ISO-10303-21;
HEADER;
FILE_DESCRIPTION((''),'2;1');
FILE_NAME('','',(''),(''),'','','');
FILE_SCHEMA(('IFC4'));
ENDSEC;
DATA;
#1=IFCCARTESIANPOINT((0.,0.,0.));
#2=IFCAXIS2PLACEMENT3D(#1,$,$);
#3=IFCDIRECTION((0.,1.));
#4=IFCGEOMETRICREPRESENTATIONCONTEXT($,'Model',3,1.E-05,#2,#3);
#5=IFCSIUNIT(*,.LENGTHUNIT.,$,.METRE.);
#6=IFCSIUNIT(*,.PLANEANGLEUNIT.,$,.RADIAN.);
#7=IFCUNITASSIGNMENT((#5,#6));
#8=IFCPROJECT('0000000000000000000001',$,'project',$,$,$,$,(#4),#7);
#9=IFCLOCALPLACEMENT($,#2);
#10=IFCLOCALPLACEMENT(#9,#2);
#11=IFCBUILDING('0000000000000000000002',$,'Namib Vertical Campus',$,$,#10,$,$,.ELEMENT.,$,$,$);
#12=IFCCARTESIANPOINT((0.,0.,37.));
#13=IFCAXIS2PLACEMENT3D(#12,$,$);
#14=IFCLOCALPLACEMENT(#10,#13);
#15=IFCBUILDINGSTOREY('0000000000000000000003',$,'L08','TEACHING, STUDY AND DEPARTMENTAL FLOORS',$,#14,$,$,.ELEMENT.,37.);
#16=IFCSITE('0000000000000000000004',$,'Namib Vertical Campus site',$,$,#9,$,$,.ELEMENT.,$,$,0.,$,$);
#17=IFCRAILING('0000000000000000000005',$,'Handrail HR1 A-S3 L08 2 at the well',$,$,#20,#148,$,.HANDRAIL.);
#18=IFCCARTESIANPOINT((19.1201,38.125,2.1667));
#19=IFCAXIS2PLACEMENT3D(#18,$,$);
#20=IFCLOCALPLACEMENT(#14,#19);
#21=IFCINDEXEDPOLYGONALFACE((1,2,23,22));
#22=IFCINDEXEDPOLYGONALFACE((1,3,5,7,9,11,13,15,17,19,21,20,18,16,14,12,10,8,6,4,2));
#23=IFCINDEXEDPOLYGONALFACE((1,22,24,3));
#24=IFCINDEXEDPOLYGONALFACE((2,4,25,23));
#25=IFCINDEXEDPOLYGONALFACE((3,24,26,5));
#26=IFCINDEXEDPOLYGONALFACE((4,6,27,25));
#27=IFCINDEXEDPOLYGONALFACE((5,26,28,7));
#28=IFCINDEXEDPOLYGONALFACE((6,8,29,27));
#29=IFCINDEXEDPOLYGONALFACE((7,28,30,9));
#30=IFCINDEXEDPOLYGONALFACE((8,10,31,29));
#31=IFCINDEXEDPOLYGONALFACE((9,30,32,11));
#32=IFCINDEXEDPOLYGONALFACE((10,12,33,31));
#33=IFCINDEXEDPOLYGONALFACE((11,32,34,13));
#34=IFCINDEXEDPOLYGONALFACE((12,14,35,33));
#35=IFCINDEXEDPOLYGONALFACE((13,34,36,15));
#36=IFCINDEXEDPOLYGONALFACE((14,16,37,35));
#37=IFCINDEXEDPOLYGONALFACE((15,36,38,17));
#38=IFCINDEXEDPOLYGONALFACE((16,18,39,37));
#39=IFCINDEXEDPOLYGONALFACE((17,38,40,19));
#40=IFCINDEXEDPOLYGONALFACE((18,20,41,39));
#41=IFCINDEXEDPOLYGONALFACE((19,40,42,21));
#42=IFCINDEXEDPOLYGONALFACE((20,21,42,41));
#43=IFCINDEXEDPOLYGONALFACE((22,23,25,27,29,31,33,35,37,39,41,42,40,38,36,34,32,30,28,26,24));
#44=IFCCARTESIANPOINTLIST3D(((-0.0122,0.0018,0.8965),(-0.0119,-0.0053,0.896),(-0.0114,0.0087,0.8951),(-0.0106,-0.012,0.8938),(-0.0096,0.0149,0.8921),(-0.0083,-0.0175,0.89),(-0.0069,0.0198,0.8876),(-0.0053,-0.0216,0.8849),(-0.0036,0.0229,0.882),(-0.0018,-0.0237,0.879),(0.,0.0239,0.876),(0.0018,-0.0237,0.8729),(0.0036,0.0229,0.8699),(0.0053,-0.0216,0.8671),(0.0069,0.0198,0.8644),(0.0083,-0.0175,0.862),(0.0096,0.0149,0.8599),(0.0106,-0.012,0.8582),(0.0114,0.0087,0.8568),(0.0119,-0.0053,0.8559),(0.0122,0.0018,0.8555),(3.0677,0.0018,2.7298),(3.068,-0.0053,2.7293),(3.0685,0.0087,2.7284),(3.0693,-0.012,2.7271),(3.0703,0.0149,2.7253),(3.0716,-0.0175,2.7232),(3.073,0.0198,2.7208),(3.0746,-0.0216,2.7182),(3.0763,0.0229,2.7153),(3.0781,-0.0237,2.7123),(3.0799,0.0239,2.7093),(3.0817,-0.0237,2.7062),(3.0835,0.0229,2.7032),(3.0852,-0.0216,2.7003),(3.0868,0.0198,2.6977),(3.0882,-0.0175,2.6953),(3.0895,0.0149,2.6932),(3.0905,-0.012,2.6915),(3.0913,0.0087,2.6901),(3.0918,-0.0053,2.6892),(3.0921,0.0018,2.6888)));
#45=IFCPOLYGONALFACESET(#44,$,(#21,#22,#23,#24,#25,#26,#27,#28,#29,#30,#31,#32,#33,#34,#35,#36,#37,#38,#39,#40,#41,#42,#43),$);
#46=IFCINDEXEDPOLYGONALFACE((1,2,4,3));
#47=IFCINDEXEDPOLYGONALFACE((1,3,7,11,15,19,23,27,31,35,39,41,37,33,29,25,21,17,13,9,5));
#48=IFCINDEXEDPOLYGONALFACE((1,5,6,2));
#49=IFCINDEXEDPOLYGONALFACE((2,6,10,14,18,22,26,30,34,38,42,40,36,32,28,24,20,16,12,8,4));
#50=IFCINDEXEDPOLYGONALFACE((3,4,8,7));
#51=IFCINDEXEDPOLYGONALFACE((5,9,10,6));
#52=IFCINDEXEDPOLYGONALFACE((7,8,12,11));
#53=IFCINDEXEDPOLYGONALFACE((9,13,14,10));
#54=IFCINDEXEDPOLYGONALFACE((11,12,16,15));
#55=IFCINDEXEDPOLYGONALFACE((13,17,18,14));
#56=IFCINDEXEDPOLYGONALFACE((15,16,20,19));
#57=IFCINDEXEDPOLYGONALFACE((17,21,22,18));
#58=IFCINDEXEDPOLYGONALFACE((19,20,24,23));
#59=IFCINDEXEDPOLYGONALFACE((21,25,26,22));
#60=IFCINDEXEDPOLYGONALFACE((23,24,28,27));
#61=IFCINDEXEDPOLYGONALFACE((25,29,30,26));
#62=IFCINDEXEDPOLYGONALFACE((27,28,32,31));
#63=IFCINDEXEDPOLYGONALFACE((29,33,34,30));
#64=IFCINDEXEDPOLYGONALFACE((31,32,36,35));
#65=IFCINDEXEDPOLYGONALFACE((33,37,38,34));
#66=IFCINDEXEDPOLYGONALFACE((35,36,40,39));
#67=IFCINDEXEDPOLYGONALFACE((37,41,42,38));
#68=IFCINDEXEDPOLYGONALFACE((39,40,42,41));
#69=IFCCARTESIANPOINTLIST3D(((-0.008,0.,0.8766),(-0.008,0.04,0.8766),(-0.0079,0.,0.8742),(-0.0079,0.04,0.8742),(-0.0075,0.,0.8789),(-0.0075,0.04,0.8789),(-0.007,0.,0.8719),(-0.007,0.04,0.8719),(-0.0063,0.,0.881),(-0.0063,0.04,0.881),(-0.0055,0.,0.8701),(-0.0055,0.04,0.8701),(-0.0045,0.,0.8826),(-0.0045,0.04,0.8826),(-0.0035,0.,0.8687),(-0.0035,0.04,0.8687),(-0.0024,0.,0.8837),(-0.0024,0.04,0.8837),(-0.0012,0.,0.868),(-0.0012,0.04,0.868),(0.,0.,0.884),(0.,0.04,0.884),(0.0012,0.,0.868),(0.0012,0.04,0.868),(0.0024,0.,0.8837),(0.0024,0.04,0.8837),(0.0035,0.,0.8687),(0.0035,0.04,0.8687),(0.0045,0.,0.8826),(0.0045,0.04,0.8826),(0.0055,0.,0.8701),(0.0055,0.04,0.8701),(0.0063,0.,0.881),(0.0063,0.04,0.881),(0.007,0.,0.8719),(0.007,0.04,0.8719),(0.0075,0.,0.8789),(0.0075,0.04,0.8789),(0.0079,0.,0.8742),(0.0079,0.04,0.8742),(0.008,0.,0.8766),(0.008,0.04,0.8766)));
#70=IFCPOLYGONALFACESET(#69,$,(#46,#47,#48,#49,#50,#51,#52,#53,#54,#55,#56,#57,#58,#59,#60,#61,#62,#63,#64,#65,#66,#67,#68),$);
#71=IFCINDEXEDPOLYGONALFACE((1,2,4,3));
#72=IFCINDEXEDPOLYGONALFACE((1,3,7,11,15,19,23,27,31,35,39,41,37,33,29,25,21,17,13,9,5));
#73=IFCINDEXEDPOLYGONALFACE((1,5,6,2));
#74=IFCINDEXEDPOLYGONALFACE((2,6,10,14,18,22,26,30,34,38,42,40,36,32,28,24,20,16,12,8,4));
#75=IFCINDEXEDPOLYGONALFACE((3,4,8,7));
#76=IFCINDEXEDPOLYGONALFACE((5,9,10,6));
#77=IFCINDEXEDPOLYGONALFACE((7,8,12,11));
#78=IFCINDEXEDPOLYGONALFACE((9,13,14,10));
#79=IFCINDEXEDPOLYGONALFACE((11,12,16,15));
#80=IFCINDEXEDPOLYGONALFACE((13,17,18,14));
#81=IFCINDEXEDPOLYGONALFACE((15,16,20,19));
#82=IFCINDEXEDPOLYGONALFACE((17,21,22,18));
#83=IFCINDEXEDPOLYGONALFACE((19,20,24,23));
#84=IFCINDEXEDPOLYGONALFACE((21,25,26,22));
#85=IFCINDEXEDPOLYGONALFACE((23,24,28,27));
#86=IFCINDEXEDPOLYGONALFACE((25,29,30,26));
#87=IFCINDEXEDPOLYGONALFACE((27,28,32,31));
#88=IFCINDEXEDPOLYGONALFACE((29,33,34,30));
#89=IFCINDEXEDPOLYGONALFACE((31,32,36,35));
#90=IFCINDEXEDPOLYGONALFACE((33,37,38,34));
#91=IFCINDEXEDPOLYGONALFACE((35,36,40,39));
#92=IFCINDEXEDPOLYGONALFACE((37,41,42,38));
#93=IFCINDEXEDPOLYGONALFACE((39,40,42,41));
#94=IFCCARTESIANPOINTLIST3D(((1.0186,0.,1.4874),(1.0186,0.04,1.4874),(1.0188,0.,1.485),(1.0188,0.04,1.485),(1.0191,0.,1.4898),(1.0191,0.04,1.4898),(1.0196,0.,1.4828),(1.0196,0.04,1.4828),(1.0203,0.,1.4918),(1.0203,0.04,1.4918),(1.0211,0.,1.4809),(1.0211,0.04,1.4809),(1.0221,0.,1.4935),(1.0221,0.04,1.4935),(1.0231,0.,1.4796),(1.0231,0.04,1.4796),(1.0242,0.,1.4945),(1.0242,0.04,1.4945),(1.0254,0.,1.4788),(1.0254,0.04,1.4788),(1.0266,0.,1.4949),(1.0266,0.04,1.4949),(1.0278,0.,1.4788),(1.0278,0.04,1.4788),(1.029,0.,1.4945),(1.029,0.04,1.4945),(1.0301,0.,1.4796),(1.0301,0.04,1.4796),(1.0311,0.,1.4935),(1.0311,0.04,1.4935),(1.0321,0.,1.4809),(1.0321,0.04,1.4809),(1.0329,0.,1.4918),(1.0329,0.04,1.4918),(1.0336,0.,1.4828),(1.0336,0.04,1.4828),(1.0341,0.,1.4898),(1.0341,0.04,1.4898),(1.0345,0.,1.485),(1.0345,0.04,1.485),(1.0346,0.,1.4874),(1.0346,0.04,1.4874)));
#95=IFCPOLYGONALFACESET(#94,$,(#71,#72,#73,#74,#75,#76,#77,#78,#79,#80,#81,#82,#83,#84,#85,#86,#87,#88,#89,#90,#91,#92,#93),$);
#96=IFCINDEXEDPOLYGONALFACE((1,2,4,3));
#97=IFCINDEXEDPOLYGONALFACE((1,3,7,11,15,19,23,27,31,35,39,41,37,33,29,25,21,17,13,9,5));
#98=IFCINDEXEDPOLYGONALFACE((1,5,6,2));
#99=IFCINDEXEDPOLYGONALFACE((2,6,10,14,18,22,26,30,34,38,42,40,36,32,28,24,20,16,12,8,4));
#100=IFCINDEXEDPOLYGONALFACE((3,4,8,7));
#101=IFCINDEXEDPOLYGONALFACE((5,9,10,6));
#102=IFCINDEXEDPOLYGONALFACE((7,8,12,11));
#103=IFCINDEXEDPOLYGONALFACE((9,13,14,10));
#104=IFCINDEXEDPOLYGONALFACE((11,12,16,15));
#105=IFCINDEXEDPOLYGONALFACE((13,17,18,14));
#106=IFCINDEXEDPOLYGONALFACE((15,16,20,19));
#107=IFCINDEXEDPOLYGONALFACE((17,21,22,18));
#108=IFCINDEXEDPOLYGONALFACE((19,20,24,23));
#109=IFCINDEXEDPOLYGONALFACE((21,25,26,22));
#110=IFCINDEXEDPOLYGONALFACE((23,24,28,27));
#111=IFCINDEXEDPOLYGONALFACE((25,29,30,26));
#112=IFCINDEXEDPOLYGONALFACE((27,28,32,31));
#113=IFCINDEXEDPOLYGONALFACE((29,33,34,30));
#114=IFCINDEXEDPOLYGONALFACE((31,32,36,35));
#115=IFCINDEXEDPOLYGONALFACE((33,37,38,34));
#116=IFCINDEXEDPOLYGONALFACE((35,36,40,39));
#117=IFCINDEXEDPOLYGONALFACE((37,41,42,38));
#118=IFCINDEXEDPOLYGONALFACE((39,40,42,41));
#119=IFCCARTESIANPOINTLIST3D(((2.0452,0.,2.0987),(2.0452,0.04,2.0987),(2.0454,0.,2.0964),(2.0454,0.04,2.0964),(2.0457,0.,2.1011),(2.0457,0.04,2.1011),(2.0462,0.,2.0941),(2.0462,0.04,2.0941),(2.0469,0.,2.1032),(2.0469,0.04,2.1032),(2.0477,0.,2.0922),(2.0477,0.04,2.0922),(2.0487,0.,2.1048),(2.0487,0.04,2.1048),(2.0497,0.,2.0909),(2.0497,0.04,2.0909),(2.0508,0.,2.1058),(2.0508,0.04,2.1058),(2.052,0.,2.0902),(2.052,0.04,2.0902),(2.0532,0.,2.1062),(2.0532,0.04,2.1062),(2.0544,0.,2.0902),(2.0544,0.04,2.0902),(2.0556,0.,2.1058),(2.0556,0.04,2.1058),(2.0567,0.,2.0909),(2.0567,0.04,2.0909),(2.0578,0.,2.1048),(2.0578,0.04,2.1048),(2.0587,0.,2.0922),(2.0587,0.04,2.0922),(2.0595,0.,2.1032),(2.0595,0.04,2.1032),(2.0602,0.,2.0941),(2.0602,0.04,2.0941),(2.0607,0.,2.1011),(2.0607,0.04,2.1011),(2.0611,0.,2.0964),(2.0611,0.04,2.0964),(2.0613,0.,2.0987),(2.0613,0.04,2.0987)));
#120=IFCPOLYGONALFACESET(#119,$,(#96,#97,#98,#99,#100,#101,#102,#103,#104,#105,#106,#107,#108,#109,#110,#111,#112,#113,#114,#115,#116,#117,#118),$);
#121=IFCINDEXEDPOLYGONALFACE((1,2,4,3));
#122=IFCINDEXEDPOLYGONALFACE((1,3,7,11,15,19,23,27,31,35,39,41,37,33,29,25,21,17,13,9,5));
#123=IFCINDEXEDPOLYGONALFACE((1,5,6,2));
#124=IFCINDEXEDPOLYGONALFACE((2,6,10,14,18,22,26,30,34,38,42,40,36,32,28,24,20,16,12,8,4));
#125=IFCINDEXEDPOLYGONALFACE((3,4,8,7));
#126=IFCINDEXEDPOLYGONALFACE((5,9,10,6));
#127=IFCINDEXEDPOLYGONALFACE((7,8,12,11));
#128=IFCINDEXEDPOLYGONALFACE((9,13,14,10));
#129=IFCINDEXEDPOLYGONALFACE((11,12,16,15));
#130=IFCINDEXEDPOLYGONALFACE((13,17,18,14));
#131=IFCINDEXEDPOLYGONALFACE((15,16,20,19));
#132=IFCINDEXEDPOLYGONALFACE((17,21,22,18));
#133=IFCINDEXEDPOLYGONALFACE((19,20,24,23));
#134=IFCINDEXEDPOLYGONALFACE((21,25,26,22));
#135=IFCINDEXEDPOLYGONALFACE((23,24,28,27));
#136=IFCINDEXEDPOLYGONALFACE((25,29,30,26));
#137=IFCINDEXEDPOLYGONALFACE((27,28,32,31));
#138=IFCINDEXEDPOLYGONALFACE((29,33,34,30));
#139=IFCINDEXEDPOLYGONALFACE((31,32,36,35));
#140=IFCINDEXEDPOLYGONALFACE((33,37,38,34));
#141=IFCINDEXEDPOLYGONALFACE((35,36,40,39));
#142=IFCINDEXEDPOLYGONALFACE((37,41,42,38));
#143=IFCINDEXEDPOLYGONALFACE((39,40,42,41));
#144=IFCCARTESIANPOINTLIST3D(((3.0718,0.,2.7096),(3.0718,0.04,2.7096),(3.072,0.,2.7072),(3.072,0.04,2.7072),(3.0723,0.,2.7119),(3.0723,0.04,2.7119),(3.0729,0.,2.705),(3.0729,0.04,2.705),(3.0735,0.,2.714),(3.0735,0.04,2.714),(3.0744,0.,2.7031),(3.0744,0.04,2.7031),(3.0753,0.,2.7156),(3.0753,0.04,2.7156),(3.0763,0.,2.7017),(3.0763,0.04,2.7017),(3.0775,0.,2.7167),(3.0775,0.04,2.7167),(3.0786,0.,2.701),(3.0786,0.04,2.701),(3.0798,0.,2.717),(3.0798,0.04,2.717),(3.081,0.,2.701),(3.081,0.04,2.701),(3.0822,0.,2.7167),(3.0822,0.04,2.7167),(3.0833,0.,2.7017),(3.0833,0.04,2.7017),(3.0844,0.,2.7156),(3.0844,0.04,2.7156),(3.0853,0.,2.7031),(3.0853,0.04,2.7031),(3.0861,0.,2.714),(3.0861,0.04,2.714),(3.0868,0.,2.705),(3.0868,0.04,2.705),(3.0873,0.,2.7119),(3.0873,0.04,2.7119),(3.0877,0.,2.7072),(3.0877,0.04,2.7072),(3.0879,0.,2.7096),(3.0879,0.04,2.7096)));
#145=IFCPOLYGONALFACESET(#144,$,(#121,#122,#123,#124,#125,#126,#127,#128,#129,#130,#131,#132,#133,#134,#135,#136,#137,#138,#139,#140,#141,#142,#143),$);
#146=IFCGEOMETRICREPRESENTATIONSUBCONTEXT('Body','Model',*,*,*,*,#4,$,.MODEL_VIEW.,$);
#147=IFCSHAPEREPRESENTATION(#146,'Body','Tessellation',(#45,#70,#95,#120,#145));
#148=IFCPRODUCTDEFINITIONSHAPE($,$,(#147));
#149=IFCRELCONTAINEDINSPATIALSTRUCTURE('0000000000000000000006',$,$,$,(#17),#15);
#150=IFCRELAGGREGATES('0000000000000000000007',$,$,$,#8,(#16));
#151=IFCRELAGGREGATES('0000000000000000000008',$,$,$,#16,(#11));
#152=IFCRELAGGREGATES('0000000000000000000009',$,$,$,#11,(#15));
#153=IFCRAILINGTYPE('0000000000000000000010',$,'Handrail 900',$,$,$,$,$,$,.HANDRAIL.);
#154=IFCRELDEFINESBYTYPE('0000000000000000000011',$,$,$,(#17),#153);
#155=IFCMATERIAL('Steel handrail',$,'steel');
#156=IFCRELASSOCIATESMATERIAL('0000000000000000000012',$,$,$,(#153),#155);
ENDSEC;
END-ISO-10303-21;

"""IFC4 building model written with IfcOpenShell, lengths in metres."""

from ifc_helpers import new_model, si_unit, direction, frame, origin, origin_2d, place, context, subcontext, project, spatial, circle, extrude, material, type_object, element, save


model = new_model("IFC4")

# Units and contexts
model_context = context("Model", 3, precision=1e-05, world=origin(), true_north=direction((0.0, 1.0)))
body_context = subcontext(model_context, "Body", "Model", "MODEL_VIEW")
ifc_project = project(units=[si_unit("LENGTHUNIT", "METRE"), si_unit("PLANEANGLEUNIT", "RADIAN")], contexts=[model_context])

# Site, building, storey
site_placement = place(None, origin())
site = spatial("IfcSite", under=ifc_project, at=site_placement, Name="Namib Vertical Campus site", CompositionType="ELEMENT", RefElevation=0.0)
building_placement = place(site_placement, origin())
building = spatial("IfcBuilding", under=site, at=building_placement, Name="Namib Vertical Campus", CompositionType="ELEMENT")
storey_placement = place(building_placement, frame((0.0, 0.0, 37.0)))
storey = spatial("IfcBuildingStorey", under=building, at=storey_placement, Name="L08", Description="TEACHING, STUDY AND DEPARTMENTAL FLOORS", CompositionType="ELEMENT", Elevation=37.0)

# Railing
ifc_material_1 = material(Name="Steel handrail", Category="steel")
railing_type = type_object("IfcRailingType", Name="Handrail 900", PredefinedType="HANDRAIL", material=ifc_material_1)
railing_1_placement = place(storey_placement, frame((19.1201, 38.125, 2.1667)))
element("IfcRailing", 1, at=railing_1_placement, inside=storey, type_object=railing_type, Name="Handrail HR1 A-S3 L08 2 at the well", PredefinedType="HANDRAIL", context=body_context, shape_type="SweptSolid", body=[
    extrude(circle(Radius=0.0239, at=origin_2d()), frame((0.0, 0.0, 0.876), z_axis=(0.859291, 0.0, 0.511487), x_axis=(0.0, 1.0, 0.0)), (0.0, 0.0, 1.0), 3.5842),
    extrude(circle(Radius=0.0081, at=origin_2d()), frame((0.0, 0.0, 0.876), z_axis=(0.0, 1.0, 0.0), x_axis=(0.0, 0.0, 1.0)), (0.0, 0.0, 1.0), 0.04),
    extrude(circle(Radius=0.0081, at=origin_2d()), frame((1.0266, 0.0, 1.4868), z_axis=(0.0, 1.0, 0.0), x_axis=(0.0, 0.0, 1.0)), (0.0, 0.0, 1.0), 0.04),
    extrude(circle(Radius=0.0081, at=origin_2d()), frame((2.0532, 0.0, 2.0981), z_axis=(0.0, 1.0, 0.0), x_axis=(0.0, 0.0, 1.0)), (0.0, 0.0, 1.0), 0.04),
    extrude(circle(Radius=0.0081, at=origin_2d()), frame((3.0798, 0.0, 2.709), z_axis=(0.0, 1.0, 0.0), x_axis=(0.0, 0.0, 1.0)), (0.0, 0.0, 1.0), 0.04),
])

save(model, "model.ifc")
